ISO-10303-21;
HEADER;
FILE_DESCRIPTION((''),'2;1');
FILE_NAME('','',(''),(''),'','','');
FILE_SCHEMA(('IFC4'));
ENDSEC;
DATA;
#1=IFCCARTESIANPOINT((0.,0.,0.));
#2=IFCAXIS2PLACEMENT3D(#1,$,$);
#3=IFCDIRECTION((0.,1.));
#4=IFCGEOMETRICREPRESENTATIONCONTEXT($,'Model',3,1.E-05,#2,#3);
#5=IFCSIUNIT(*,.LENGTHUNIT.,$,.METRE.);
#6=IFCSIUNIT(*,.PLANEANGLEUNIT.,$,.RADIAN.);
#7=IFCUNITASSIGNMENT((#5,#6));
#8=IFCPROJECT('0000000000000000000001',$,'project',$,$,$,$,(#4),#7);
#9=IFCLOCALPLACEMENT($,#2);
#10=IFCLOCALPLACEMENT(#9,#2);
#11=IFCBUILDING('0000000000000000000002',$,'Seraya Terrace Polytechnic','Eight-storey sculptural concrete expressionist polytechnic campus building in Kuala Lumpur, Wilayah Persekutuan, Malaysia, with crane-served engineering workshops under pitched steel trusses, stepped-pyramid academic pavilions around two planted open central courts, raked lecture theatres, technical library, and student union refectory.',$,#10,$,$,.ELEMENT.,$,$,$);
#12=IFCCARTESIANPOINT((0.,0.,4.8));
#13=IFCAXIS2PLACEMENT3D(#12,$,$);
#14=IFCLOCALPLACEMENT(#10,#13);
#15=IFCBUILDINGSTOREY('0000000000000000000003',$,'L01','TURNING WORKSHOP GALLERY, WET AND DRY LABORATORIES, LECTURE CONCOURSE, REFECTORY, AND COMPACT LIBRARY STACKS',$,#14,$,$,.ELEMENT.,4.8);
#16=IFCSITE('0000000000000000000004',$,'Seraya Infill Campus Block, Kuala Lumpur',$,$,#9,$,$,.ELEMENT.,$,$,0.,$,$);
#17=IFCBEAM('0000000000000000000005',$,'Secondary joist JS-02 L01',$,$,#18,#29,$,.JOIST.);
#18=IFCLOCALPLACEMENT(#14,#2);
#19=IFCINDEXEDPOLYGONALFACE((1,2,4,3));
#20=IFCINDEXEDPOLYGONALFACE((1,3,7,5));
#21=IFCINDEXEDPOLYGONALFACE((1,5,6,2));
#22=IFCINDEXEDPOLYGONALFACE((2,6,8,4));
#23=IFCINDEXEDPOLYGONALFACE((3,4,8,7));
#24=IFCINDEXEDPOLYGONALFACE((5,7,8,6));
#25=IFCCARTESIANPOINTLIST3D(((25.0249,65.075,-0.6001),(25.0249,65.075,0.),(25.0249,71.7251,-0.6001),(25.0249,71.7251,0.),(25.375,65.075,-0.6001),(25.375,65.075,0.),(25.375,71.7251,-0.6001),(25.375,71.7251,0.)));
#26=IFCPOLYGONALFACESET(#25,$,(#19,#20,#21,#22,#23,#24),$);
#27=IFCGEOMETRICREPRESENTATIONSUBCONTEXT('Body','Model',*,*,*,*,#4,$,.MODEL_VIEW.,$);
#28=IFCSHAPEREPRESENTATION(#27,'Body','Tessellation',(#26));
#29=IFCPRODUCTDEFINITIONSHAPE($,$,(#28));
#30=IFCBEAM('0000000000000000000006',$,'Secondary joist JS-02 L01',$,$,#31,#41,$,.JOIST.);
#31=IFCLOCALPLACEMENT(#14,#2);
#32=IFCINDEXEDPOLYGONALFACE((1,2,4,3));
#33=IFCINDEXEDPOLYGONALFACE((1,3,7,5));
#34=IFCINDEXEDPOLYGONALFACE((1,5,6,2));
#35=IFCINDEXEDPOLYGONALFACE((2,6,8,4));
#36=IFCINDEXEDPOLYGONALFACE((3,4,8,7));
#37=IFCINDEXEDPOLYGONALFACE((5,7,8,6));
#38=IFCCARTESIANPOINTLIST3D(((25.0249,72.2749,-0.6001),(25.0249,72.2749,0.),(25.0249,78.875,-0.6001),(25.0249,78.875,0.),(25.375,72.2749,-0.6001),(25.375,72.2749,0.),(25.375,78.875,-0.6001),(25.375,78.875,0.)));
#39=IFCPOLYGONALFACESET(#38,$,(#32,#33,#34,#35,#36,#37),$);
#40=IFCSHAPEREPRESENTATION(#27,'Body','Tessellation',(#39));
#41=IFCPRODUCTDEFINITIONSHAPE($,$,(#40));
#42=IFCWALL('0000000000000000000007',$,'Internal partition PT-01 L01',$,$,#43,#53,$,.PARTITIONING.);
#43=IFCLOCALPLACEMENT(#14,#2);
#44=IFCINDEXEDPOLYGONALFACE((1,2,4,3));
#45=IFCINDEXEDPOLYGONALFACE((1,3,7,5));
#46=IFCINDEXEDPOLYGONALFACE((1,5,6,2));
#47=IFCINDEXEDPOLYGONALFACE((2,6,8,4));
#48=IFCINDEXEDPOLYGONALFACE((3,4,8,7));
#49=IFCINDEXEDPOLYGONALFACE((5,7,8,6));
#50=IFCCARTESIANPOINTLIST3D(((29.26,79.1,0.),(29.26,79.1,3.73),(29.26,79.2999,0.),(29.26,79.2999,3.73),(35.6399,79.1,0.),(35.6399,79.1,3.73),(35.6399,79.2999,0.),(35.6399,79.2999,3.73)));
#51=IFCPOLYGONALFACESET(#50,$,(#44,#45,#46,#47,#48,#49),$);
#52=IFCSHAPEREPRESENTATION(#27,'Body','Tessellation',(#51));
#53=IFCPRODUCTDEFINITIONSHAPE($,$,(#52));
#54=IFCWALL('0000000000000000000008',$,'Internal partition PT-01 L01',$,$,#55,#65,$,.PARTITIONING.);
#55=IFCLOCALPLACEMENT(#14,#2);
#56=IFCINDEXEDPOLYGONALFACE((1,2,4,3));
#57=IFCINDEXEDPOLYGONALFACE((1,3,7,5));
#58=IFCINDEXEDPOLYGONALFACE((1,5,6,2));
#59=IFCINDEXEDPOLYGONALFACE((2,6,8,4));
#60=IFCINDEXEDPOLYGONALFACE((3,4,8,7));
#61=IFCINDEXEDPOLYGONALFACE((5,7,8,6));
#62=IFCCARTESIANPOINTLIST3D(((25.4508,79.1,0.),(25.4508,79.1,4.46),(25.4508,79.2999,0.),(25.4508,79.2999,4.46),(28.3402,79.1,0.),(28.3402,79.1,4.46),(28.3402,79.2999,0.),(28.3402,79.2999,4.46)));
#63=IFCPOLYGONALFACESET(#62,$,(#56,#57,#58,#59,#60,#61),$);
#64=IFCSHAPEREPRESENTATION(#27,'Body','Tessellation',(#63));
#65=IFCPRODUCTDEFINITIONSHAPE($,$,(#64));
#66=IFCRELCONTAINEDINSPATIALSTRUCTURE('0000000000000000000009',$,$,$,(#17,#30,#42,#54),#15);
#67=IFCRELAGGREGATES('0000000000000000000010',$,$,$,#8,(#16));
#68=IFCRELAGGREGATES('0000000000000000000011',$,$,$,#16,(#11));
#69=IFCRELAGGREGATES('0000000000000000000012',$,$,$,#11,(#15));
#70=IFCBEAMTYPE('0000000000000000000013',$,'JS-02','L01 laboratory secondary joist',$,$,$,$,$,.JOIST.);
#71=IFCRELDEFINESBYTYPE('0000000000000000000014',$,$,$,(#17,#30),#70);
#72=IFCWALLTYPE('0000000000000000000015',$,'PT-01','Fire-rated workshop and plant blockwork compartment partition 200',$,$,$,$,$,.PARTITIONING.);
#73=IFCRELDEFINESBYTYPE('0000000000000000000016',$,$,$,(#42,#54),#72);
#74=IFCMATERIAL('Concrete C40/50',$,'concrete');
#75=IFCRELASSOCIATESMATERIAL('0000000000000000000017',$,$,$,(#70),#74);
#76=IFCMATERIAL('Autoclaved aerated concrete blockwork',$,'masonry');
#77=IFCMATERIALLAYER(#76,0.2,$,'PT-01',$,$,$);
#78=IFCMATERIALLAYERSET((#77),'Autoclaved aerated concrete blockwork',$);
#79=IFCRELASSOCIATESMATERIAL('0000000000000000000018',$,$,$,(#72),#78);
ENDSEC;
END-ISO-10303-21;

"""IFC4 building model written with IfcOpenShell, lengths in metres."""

from ifc_helpers import new_model, si_unit, direction, frame, frame_2d, origin, origin_2d, place, context, subcontext, project, spatial, rectangle, extrude, material, layer, layer_set, material_profile, profile_set, type_object, element, save


model = new_model("IFC4")

# Units and contexts
model_context = context("Model", 3, precision=1e-05, world=origin(), true_north=direction((0.0, 1.0)))
body_context = subcontext(model_context, "Body", "Model", "MODEL_VIEW")
ifc_project = project(units=[si_unit("LENGTHUNIT", "METRE"), si_unit("PLANEANGLEUNIT", "RADIAN")], contexts=[model_context])

# Site, building, storey
site_placement = place(None, origin())
site = spatial("IfcSite", under=ifc_project, at=site_placement, Name="Seraya Infill Campus Block, Kuala Lumpur", CompositionType="ELEMENT", RefElevation=0.0)
building_placement = place(site_placement, origin())
building = spatial("IfcBuilding", under=site, at=building_placement, Name="Seraya Terrace Polytechnic", Description="Eight-storey sculptural concrete expressionist polytechnic campus building in Kuala Lumpur, Wilayah Persekutuan, Malaysia, with crane-served engineering workshops under pitched steel trusses, stepped-pyramid academic pavilions around two planted open central courts, raked lecture theatres, technical library, and student union refectory.", CompositionType="ELEMENT")
storey_placement = place(building_placement, frame((0.0, 0.0, 4.8)))
storey = spatial("IfcBuildingStorey", under=building, at=storey_placement, Name="L01", Description="TURNING WORKSHOP GALLERY, WET AND DRY LABORATORIES, LECTURE CONCOURSE, REFECTORY, AND COMPACT LIBRARY STACKS", CompositionType="ELEMENT", Elevation=4.8)

# Shared definitions
ifc_material_1 = material(Name="Concrete C40/50", Category="concrete")

# Beams
ifc_material_profile_1 = material_profile(ifc_material_1, rectangle(XDim=0.3501, YDim=0.6001, at=origin_2d()), Name="RC 350x600")
ifc_profile_set_1 = profile_set([ifc_material_profile_1], Name="Concrete C40/50")
beam_type_1 = type_object("IfcBeamType", Name="JS-02", Description="L01 laboratory secondary joist", PredefinedType="JOIST", material=ifc_profile_set_1)
beam_1_placement = place(storey_placement, frame((25.2, 65.075, -0.3), z_axis=(0.0, 1.0, 0.0), x_axis=(-1.0, 0.0, 0.0)))
element("IfcBeam", 1, at=beam_1_placement, inside=storey, type_object=beam_type_1, Name="Secondary joist JS-02 L01", PredefinedType="JOIST", context=body_context, shape_type="SweptSolid", body=[
    extrude(rectangle(XDim=0.3501, YDim=0.6001, at=origin_2d()), origin(), (0.0, 0.0, 1.0), 6.6501),
])
beam_2_placement = place(storey_placement, frame((25.2, 72.2749, -0.3), z_axis=(0.0, 1.0, 0.0), x_axis=(-1.0, 0.0, 0.0)))
element("IfcBeam", 2, at=beam_2_placement, inside=storey, type_object=beam_type_1, Name="Secondary joist JS-02 L01", PredefinedType="JOIST", context=body_context, shape_type="SweptSolid", body=[
    extrude(rectangle(XDim=0.3501, YDim=0.6001, at=origin_2d()), origin(), (0.0, 0.0, 1.0), 6.6001),
])

# Walls
ifc_material_2 = material(Name="Autoclaved aerated concrete blockwork", Category="masonry")
ifc_layer = layer(ifc_material_2, 0.2, Name="PT-01")
ifc_layer_set = layer_set([ifc_layer], Name="Autoclaved aerated concrete blockwork")
wall_type = type_object("IfcWallType", Name="PT-01", Description="Fire-rated workshop and plant blockwork compartment partition 200", PredefinedType="PARTITIONING", material=ifc_layer_set)
wall_1_placement = place(storey_placement, frame((29.26, 79.2, 0.0), z_axis=(0.0, 0.0, 1.0), x_axis=(1.0, 0.0, 0.0)))
element("IfcWall", 3, at=wall_1_placement, inside=storey, type_object=wall_type, Name="Internal partition PT-01 L01", PredefinedType="PARTITIONING", context=body_context, shape_type="SweptSolid", body=[
    extrude(rectangle(XDim=6.3799, YDim=0.2, at=frame_2d((3.1899, 0.0))), origin(), (0.0, 0.0, 1.0), 3.73),
])
wall_2_placement = place(storey_placement, frame((25.4507, 79.2, 0.0), z_axis=(0.0, 0.0, 1.0), x_axis=(1.0, 0.0, 0.0)))
element("IfcWall", 4, at=wall_2_placement, inside=storey, type_object=wall_type, Name="Internal partition PT-01 L01", PredefinedType="PARTITIONING", context=body_context, shape_type="SweptSolid", body=[
    extrude(rectangle(XDim=2.8894, YDim=0.2, at=frame_2d((1.4448, 0.0))), origin(), (0.0, 0.0, 1.0), 4.46),
])

save(model, "model.ifc")
